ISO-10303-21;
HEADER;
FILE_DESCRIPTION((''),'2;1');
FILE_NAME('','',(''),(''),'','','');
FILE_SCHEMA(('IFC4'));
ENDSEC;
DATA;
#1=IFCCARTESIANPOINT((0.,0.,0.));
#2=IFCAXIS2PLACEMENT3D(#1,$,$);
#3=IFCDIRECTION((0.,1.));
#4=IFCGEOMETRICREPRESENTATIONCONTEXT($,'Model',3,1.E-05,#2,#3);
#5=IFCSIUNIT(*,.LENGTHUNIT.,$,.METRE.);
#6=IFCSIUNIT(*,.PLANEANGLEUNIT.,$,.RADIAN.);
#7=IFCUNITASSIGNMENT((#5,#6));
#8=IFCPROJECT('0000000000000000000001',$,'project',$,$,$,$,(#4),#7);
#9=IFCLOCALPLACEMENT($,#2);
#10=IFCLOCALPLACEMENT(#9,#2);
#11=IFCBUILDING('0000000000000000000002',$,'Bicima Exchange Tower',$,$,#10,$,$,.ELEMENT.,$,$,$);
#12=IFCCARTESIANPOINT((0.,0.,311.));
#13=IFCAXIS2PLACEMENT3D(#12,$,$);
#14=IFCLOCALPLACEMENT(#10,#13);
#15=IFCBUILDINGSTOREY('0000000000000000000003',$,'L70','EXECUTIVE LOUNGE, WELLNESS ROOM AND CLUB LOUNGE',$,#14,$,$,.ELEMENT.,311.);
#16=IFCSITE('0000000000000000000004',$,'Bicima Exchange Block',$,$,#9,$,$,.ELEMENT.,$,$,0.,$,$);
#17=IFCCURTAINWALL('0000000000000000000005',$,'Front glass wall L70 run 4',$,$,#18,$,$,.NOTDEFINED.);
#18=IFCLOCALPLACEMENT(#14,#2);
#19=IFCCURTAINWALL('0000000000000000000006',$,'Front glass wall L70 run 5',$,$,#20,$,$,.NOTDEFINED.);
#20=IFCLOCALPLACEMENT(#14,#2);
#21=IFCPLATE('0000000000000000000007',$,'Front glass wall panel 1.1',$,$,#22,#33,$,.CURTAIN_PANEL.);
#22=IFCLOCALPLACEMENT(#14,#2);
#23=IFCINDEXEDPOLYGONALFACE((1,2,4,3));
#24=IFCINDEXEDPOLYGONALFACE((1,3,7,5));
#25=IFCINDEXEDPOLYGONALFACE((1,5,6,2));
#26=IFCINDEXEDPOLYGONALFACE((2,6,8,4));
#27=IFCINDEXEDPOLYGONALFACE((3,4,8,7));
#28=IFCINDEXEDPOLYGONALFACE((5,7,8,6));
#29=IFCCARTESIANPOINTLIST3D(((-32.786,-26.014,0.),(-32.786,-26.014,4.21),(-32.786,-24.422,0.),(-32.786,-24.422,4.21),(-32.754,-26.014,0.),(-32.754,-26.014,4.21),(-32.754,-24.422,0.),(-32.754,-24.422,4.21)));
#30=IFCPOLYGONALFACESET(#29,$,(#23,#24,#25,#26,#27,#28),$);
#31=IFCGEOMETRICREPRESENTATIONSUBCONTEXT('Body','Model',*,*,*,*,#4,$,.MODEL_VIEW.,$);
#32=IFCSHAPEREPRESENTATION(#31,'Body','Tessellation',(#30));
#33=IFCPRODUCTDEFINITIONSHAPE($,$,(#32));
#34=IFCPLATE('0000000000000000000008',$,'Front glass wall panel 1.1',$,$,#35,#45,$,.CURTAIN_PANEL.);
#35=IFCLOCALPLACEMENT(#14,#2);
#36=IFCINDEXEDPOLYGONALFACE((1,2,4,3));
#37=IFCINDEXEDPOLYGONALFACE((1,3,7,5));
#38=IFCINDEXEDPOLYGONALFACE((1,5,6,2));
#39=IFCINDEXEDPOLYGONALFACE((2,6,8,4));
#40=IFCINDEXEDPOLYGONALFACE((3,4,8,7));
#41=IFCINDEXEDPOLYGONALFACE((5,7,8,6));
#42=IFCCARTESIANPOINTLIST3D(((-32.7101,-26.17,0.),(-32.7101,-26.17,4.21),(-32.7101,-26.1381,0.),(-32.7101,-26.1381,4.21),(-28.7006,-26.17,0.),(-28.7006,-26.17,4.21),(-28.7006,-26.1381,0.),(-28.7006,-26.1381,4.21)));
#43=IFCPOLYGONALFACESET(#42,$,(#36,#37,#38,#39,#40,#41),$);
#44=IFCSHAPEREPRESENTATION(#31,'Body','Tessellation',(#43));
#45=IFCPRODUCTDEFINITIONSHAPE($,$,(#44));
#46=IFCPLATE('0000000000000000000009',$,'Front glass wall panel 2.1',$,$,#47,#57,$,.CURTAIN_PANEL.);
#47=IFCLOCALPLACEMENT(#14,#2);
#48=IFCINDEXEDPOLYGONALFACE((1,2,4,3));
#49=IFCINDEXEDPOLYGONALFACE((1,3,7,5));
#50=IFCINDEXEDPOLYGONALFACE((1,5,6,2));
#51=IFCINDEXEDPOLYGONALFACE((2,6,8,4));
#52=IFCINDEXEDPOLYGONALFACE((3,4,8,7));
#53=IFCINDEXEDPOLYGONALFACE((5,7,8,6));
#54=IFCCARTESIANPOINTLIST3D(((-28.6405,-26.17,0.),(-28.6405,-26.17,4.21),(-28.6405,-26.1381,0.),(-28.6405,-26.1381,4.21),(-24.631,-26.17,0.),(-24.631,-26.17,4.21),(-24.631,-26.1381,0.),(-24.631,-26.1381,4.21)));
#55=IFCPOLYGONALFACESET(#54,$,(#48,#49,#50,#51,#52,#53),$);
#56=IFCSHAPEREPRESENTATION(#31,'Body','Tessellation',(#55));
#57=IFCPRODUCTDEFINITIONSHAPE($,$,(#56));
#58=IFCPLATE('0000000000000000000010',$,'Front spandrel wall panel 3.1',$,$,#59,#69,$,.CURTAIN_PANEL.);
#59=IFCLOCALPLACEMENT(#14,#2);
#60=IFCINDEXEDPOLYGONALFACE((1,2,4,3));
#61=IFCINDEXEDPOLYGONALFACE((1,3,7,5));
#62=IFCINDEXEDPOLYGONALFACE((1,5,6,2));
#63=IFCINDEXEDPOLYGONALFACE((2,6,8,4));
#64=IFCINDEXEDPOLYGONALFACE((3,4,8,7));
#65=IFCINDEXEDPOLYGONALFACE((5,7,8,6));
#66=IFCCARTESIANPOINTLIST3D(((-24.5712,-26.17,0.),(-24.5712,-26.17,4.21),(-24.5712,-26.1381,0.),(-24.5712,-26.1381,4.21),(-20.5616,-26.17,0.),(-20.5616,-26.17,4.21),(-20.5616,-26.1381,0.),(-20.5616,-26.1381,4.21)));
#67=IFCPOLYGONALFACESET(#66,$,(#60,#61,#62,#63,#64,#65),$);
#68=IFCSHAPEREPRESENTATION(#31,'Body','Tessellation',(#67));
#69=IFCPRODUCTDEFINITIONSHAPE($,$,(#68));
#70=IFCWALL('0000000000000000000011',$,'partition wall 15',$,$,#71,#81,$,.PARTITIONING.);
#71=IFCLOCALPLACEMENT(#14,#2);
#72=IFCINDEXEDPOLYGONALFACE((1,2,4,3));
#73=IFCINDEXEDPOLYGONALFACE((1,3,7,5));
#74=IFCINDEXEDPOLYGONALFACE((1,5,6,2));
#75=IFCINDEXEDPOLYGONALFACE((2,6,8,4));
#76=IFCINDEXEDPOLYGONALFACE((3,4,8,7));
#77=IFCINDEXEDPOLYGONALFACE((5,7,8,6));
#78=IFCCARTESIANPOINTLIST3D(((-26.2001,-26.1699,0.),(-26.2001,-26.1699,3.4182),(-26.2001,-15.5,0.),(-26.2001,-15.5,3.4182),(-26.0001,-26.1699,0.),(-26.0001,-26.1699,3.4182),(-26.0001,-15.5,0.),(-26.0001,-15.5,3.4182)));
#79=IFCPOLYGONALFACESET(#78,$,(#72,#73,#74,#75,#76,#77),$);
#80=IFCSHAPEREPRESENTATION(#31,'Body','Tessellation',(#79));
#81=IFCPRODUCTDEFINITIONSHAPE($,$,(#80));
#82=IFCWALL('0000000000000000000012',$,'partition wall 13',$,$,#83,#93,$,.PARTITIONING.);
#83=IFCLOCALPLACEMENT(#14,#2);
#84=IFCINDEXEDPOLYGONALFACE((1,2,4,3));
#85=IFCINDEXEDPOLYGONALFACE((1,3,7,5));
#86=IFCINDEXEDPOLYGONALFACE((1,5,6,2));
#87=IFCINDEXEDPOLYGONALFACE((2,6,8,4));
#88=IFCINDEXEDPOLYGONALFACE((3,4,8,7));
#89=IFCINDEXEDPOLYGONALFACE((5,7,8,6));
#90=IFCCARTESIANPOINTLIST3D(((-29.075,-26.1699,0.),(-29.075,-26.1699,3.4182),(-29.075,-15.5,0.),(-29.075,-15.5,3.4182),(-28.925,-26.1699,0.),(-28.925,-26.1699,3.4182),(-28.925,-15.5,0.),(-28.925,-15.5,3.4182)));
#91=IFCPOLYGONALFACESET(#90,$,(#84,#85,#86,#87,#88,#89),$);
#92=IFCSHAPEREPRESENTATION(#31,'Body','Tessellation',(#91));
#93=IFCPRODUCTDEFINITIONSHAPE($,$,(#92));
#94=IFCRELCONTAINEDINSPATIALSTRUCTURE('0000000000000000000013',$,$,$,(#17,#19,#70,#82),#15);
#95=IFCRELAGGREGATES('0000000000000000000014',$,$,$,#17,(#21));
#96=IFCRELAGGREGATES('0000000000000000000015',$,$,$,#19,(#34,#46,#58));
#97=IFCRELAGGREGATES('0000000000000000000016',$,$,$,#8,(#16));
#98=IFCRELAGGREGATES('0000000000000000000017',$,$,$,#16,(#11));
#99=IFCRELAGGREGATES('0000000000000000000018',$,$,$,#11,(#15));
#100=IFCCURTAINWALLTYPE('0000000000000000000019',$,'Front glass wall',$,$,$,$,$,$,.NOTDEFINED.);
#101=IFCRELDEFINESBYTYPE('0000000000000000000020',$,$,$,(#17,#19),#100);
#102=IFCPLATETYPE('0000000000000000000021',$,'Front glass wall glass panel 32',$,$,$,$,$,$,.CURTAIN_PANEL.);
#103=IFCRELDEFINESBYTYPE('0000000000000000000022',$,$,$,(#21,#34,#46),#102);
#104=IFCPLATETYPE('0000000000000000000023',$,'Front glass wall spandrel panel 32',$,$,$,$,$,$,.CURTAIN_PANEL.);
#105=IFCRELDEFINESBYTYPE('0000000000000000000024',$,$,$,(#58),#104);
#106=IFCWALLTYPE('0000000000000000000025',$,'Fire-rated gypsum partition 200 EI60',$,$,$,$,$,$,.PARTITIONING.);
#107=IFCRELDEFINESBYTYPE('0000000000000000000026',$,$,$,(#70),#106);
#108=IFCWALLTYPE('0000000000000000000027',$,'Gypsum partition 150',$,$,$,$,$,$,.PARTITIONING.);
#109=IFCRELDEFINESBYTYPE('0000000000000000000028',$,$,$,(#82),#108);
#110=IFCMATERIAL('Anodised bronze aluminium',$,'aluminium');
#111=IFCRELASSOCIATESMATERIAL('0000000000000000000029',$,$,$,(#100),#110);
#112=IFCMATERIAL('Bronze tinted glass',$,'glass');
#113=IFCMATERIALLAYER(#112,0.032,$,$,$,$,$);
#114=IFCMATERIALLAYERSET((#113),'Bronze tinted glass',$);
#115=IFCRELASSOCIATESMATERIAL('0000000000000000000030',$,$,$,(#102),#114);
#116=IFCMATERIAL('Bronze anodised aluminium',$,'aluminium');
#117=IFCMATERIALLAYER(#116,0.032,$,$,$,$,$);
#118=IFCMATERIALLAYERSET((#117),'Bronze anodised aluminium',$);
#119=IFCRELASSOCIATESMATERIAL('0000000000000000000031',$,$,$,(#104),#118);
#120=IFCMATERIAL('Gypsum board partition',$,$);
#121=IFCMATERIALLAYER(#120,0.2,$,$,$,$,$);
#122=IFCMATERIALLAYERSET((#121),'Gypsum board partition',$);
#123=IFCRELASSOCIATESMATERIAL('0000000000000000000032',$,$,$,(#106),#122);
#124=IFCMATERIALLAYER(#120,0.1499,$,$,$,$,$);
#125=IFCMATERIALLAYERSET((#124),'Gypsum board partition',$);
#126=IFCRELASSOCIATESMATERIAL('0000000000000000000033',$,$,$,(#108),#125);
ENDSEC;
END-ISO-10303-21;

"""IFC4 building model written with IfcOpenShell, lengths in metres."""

from ifc_helpers import new_model, si_unit, direction, frame, frame_2d, origin, origin_2d, place, context, subcontext, project, spatial, rectangle, extrude, material, layer, layer_set, type_object, element, aggregate, save


model = new_model("IFC4")

# Units and contexts
model_context = context("Model", 3, precision=1e-05, world=origin(), true_north=direction((0.0, 1.0)))
body_context = subcontext(model_context, "Body", "Model", "MODEL_VIEW")
ifc_project = project(units=[si_unit("LENGTHUNIT", "METRE"), si_unit("PLANEANGLEUNIT", "RADIAN")], contexts=[model_context])

# Site, building, storey
site_placement = place(None, origin())
site = spatial("IfcSite", under=ifc_project, at=site_placement, Name="Bicima Exchange Block", CompositionType="ELEMENT", RefElevation=0.0)
building_placement = place(site_placement, origin())
building = spatial("IfcBuilding", under=site, at=building_placement, Name="Bicima Exchange Tower", CompositionType="ELEMENT")
storey_placement = place(building_placement, frame((0.0, 0.0, 311.0)))
storey = spatial("IfcBuildingStorey", under=building, at=storey_placement, Name="L70", Description="EXECUTIVE LOUNGE, WELLNESS ROOM AND CLUB LOUNGE", CompositionType="ELEMENT", Elevation=311.0)

# Curtain walls
ifc_material_1 = material(Name="Anodised bronze aluminium", Category="aluminium")
curtain_wall_type = type_object("IfcCurtainWallType", Name="Front glass wall", PredefinedType="NOTDEFINED", material=ifc_material_1)
curtain_wall_1_placement = place(storey_placement, origin())
curtain_wall_1 = element("IfcCurtainWall", 1, at=curtain_wall_1_placement, inside=storey, type_object=curtain_wall_type, Name="Front glass wall L70 run 4", PredefinedType="NOTDEFINED")
curtain_wall_2_placement = place(storey_placement, origin())
curtain_wall_2 = element("IfcCurtainWall", 2, at=curtain_wall_2_placement, inside=storey, type_object=curtain_wall_type, Name="Front glass wall L70 run 5", PredefinedType="NOTDEFINED")

# Plates
ifc_material_2 = material(Name="Bronze tinted glass", Category="glass")
ifc_layer_1 = layer(ifc_material_2, 0.032)
ifc_layer_set_1 = layer_set([ifc_layer_1], Name="Bronze tinted glass")
plate_type_1 = type_object("IfcPlateType", Name="Front glass wall glass panel 32", PredefinedType="CURTAIN_PANEL", material=ifc_layer_set_1)
plate_1_placement = place(storey_placement, frame((-32.77, -25.218, 0.0), z_axis=(0.0, 0.0, 1.0), x_axis=(0.0, -1.0, 0.0)))
plate_1 = element("IfcPlate", 3, at=plate_1_placement, type_object=plate_type_1, Name="Front glass wall panel 1.1", PredefinedType="CURTAIN_PANEL", context=body_context, shape_type="SweptSolid", body=[
    extrude(rectangle(XDim=1.592, YDim=0.032, at=origin_2d()), origin(), (0.0, 0.0, 1.0), 4.21),
])
aggregate(curtain_wall_1, [plate_1])
plate_2_placement = place(storey_placement, frame((-30.7053, -26.1541, 0.0), z_axis=(0.0, 0.0, 1.0), x_axis=(1.0, 0.0, 0.0)))
plate_2 = element("IfcPlate", 4, at=plate_2_placement, type_object=plate_type_1, Name="Front glass wall panel 1.1", PredefinedType="CURTAIN_PANEL", context=body_context, shape_type="SweptSolid", body=[
    extrude(rectangle(XDim=4.0095, YDim=0.032, at=origin_2d()), origin(), (0.0, 0.0, 1.0), 4.21),
])
plate_3_placement = place(storey_placement, frame((-26.6357, -26.1541, 0.0), z_axis=(0.0, 0.0, 1.0), x_axis=(1.0, 0.0, 0.0)))
plate_3 = element("IfcPlate", 5, at=plate_3_placement, type_object=plate_type_1, Name="Front glass wall panel 2.1", PredefinedType="CURTAIN_PANEL", context=body_context, shape_type="SweptSolid", body=[
    extrude(rectangle(XDim=4.0095, YDim=0.032, at=origin_2d()), origin(), (0.0, 0.0, 1.0), 4.21),
])
ifc_material_3 = material(Name="Bronze anodised aluminium", Category="aluminium")
ifc_layer_2 = layer(ifc_material_3, 0.032)
ifc_layer_set_2 = layer_set([ifc_layer_2], Name="Bronze anodised aluminium")
plate_type_2 = type_object("IfcPlateType", Name="Front glass wall spandrel panel 32", PredefinedType="CURTAIN_PANEL", material=ifc_layer_set_2)
plate_4_placement = place(storey_placement, frame((-22.5664, -26.1541, 0.0), z_axis=(0.0, 0.0, 1.0), x_axis=(1.0, 0.0, 0.0)))
plate_4 = element("IfcPlate", 6, at=plate_4_placement, type_object=plate_type_2, Name="Front spandrel wall panel 3.1", PredefinedType="CURTAIN_PANEL", context=body_context, shape_type="SweptSolid", body=[
    extrude(rectangle(XDim=4.0095, YDim=0.032, at=origin_2d()), origin(), (0.0, 0.0, 1.0), 4.21),
])
aggregate(curtain_wall_2, [plate_2, plate_3, plate_4])

# Walls
ifc_material_4 = material(Name="Gypsum board partition")
ifc_layer_3 = layer(ifc_material_4, 0.2)
ifc_layer_set_3 = layer_set([ifc_layer_3], Name="Gypsum board partition")
wall_type_1 = type_object("IfcWallType", Name="Fire-rated gypsum partition 200 EI60", PredefinedType="PARTITIONING", material=ifc_layer_set_3)
wall_1_placement = place(storey_placement, frame((-26.1001, -26.1699, 0.0), z_axis=(0.0, 0.0, 1.0), x_axis=(0.0, 1.0, 0.0)))
element("IfcWall", 7, at=wall_1_placement, inside=storey, type_object=wall_type_1, Name="partition wall 15", PredefinedType="PARTITIONING", context=body_context, shape_type="SweptSolid", body=[
    extrude(rectangle(XDim=10.6699, YDim=0.2, at=frame_2d((5.335, 0.0))), origin(), (0.0, 0.0, 1.0), 3.4182),
])
ifc_layer_4 = layer(ifc_material_4, 0.1499)
ifc_layer_set_4 = layer_set([ifc_layer_4], Name="Gypsum board partition")
wall_type_2 = type_object("IfcWallType", Name="Gypsum partition 150", PredefinedType="PARTITIONING", material=ifc_layer_set_4)
wall_2_placement = place(storey_placement, frame((-29.0, -26.1699, 0.0), z_axis=(0.0, 0.0, 1.0), x_axis=(0.0, 1.0, 0.0)))
element("IfcWall", 8, at=wall_2_placement, inside=storey, type_object=wall_type_2, Name="partition wall 13", PredefinedType="PARTITIONING", context=body_context, shape_type="SweptSolid", body=[
    extrude(rectangle(XDim=10.6699, YDim=0.1499, at=frame_2d((5.335, 0.0))), origin(), (0.0, 0.0, 1.0), 3.4182),
])

save(model, "model.ifc")
